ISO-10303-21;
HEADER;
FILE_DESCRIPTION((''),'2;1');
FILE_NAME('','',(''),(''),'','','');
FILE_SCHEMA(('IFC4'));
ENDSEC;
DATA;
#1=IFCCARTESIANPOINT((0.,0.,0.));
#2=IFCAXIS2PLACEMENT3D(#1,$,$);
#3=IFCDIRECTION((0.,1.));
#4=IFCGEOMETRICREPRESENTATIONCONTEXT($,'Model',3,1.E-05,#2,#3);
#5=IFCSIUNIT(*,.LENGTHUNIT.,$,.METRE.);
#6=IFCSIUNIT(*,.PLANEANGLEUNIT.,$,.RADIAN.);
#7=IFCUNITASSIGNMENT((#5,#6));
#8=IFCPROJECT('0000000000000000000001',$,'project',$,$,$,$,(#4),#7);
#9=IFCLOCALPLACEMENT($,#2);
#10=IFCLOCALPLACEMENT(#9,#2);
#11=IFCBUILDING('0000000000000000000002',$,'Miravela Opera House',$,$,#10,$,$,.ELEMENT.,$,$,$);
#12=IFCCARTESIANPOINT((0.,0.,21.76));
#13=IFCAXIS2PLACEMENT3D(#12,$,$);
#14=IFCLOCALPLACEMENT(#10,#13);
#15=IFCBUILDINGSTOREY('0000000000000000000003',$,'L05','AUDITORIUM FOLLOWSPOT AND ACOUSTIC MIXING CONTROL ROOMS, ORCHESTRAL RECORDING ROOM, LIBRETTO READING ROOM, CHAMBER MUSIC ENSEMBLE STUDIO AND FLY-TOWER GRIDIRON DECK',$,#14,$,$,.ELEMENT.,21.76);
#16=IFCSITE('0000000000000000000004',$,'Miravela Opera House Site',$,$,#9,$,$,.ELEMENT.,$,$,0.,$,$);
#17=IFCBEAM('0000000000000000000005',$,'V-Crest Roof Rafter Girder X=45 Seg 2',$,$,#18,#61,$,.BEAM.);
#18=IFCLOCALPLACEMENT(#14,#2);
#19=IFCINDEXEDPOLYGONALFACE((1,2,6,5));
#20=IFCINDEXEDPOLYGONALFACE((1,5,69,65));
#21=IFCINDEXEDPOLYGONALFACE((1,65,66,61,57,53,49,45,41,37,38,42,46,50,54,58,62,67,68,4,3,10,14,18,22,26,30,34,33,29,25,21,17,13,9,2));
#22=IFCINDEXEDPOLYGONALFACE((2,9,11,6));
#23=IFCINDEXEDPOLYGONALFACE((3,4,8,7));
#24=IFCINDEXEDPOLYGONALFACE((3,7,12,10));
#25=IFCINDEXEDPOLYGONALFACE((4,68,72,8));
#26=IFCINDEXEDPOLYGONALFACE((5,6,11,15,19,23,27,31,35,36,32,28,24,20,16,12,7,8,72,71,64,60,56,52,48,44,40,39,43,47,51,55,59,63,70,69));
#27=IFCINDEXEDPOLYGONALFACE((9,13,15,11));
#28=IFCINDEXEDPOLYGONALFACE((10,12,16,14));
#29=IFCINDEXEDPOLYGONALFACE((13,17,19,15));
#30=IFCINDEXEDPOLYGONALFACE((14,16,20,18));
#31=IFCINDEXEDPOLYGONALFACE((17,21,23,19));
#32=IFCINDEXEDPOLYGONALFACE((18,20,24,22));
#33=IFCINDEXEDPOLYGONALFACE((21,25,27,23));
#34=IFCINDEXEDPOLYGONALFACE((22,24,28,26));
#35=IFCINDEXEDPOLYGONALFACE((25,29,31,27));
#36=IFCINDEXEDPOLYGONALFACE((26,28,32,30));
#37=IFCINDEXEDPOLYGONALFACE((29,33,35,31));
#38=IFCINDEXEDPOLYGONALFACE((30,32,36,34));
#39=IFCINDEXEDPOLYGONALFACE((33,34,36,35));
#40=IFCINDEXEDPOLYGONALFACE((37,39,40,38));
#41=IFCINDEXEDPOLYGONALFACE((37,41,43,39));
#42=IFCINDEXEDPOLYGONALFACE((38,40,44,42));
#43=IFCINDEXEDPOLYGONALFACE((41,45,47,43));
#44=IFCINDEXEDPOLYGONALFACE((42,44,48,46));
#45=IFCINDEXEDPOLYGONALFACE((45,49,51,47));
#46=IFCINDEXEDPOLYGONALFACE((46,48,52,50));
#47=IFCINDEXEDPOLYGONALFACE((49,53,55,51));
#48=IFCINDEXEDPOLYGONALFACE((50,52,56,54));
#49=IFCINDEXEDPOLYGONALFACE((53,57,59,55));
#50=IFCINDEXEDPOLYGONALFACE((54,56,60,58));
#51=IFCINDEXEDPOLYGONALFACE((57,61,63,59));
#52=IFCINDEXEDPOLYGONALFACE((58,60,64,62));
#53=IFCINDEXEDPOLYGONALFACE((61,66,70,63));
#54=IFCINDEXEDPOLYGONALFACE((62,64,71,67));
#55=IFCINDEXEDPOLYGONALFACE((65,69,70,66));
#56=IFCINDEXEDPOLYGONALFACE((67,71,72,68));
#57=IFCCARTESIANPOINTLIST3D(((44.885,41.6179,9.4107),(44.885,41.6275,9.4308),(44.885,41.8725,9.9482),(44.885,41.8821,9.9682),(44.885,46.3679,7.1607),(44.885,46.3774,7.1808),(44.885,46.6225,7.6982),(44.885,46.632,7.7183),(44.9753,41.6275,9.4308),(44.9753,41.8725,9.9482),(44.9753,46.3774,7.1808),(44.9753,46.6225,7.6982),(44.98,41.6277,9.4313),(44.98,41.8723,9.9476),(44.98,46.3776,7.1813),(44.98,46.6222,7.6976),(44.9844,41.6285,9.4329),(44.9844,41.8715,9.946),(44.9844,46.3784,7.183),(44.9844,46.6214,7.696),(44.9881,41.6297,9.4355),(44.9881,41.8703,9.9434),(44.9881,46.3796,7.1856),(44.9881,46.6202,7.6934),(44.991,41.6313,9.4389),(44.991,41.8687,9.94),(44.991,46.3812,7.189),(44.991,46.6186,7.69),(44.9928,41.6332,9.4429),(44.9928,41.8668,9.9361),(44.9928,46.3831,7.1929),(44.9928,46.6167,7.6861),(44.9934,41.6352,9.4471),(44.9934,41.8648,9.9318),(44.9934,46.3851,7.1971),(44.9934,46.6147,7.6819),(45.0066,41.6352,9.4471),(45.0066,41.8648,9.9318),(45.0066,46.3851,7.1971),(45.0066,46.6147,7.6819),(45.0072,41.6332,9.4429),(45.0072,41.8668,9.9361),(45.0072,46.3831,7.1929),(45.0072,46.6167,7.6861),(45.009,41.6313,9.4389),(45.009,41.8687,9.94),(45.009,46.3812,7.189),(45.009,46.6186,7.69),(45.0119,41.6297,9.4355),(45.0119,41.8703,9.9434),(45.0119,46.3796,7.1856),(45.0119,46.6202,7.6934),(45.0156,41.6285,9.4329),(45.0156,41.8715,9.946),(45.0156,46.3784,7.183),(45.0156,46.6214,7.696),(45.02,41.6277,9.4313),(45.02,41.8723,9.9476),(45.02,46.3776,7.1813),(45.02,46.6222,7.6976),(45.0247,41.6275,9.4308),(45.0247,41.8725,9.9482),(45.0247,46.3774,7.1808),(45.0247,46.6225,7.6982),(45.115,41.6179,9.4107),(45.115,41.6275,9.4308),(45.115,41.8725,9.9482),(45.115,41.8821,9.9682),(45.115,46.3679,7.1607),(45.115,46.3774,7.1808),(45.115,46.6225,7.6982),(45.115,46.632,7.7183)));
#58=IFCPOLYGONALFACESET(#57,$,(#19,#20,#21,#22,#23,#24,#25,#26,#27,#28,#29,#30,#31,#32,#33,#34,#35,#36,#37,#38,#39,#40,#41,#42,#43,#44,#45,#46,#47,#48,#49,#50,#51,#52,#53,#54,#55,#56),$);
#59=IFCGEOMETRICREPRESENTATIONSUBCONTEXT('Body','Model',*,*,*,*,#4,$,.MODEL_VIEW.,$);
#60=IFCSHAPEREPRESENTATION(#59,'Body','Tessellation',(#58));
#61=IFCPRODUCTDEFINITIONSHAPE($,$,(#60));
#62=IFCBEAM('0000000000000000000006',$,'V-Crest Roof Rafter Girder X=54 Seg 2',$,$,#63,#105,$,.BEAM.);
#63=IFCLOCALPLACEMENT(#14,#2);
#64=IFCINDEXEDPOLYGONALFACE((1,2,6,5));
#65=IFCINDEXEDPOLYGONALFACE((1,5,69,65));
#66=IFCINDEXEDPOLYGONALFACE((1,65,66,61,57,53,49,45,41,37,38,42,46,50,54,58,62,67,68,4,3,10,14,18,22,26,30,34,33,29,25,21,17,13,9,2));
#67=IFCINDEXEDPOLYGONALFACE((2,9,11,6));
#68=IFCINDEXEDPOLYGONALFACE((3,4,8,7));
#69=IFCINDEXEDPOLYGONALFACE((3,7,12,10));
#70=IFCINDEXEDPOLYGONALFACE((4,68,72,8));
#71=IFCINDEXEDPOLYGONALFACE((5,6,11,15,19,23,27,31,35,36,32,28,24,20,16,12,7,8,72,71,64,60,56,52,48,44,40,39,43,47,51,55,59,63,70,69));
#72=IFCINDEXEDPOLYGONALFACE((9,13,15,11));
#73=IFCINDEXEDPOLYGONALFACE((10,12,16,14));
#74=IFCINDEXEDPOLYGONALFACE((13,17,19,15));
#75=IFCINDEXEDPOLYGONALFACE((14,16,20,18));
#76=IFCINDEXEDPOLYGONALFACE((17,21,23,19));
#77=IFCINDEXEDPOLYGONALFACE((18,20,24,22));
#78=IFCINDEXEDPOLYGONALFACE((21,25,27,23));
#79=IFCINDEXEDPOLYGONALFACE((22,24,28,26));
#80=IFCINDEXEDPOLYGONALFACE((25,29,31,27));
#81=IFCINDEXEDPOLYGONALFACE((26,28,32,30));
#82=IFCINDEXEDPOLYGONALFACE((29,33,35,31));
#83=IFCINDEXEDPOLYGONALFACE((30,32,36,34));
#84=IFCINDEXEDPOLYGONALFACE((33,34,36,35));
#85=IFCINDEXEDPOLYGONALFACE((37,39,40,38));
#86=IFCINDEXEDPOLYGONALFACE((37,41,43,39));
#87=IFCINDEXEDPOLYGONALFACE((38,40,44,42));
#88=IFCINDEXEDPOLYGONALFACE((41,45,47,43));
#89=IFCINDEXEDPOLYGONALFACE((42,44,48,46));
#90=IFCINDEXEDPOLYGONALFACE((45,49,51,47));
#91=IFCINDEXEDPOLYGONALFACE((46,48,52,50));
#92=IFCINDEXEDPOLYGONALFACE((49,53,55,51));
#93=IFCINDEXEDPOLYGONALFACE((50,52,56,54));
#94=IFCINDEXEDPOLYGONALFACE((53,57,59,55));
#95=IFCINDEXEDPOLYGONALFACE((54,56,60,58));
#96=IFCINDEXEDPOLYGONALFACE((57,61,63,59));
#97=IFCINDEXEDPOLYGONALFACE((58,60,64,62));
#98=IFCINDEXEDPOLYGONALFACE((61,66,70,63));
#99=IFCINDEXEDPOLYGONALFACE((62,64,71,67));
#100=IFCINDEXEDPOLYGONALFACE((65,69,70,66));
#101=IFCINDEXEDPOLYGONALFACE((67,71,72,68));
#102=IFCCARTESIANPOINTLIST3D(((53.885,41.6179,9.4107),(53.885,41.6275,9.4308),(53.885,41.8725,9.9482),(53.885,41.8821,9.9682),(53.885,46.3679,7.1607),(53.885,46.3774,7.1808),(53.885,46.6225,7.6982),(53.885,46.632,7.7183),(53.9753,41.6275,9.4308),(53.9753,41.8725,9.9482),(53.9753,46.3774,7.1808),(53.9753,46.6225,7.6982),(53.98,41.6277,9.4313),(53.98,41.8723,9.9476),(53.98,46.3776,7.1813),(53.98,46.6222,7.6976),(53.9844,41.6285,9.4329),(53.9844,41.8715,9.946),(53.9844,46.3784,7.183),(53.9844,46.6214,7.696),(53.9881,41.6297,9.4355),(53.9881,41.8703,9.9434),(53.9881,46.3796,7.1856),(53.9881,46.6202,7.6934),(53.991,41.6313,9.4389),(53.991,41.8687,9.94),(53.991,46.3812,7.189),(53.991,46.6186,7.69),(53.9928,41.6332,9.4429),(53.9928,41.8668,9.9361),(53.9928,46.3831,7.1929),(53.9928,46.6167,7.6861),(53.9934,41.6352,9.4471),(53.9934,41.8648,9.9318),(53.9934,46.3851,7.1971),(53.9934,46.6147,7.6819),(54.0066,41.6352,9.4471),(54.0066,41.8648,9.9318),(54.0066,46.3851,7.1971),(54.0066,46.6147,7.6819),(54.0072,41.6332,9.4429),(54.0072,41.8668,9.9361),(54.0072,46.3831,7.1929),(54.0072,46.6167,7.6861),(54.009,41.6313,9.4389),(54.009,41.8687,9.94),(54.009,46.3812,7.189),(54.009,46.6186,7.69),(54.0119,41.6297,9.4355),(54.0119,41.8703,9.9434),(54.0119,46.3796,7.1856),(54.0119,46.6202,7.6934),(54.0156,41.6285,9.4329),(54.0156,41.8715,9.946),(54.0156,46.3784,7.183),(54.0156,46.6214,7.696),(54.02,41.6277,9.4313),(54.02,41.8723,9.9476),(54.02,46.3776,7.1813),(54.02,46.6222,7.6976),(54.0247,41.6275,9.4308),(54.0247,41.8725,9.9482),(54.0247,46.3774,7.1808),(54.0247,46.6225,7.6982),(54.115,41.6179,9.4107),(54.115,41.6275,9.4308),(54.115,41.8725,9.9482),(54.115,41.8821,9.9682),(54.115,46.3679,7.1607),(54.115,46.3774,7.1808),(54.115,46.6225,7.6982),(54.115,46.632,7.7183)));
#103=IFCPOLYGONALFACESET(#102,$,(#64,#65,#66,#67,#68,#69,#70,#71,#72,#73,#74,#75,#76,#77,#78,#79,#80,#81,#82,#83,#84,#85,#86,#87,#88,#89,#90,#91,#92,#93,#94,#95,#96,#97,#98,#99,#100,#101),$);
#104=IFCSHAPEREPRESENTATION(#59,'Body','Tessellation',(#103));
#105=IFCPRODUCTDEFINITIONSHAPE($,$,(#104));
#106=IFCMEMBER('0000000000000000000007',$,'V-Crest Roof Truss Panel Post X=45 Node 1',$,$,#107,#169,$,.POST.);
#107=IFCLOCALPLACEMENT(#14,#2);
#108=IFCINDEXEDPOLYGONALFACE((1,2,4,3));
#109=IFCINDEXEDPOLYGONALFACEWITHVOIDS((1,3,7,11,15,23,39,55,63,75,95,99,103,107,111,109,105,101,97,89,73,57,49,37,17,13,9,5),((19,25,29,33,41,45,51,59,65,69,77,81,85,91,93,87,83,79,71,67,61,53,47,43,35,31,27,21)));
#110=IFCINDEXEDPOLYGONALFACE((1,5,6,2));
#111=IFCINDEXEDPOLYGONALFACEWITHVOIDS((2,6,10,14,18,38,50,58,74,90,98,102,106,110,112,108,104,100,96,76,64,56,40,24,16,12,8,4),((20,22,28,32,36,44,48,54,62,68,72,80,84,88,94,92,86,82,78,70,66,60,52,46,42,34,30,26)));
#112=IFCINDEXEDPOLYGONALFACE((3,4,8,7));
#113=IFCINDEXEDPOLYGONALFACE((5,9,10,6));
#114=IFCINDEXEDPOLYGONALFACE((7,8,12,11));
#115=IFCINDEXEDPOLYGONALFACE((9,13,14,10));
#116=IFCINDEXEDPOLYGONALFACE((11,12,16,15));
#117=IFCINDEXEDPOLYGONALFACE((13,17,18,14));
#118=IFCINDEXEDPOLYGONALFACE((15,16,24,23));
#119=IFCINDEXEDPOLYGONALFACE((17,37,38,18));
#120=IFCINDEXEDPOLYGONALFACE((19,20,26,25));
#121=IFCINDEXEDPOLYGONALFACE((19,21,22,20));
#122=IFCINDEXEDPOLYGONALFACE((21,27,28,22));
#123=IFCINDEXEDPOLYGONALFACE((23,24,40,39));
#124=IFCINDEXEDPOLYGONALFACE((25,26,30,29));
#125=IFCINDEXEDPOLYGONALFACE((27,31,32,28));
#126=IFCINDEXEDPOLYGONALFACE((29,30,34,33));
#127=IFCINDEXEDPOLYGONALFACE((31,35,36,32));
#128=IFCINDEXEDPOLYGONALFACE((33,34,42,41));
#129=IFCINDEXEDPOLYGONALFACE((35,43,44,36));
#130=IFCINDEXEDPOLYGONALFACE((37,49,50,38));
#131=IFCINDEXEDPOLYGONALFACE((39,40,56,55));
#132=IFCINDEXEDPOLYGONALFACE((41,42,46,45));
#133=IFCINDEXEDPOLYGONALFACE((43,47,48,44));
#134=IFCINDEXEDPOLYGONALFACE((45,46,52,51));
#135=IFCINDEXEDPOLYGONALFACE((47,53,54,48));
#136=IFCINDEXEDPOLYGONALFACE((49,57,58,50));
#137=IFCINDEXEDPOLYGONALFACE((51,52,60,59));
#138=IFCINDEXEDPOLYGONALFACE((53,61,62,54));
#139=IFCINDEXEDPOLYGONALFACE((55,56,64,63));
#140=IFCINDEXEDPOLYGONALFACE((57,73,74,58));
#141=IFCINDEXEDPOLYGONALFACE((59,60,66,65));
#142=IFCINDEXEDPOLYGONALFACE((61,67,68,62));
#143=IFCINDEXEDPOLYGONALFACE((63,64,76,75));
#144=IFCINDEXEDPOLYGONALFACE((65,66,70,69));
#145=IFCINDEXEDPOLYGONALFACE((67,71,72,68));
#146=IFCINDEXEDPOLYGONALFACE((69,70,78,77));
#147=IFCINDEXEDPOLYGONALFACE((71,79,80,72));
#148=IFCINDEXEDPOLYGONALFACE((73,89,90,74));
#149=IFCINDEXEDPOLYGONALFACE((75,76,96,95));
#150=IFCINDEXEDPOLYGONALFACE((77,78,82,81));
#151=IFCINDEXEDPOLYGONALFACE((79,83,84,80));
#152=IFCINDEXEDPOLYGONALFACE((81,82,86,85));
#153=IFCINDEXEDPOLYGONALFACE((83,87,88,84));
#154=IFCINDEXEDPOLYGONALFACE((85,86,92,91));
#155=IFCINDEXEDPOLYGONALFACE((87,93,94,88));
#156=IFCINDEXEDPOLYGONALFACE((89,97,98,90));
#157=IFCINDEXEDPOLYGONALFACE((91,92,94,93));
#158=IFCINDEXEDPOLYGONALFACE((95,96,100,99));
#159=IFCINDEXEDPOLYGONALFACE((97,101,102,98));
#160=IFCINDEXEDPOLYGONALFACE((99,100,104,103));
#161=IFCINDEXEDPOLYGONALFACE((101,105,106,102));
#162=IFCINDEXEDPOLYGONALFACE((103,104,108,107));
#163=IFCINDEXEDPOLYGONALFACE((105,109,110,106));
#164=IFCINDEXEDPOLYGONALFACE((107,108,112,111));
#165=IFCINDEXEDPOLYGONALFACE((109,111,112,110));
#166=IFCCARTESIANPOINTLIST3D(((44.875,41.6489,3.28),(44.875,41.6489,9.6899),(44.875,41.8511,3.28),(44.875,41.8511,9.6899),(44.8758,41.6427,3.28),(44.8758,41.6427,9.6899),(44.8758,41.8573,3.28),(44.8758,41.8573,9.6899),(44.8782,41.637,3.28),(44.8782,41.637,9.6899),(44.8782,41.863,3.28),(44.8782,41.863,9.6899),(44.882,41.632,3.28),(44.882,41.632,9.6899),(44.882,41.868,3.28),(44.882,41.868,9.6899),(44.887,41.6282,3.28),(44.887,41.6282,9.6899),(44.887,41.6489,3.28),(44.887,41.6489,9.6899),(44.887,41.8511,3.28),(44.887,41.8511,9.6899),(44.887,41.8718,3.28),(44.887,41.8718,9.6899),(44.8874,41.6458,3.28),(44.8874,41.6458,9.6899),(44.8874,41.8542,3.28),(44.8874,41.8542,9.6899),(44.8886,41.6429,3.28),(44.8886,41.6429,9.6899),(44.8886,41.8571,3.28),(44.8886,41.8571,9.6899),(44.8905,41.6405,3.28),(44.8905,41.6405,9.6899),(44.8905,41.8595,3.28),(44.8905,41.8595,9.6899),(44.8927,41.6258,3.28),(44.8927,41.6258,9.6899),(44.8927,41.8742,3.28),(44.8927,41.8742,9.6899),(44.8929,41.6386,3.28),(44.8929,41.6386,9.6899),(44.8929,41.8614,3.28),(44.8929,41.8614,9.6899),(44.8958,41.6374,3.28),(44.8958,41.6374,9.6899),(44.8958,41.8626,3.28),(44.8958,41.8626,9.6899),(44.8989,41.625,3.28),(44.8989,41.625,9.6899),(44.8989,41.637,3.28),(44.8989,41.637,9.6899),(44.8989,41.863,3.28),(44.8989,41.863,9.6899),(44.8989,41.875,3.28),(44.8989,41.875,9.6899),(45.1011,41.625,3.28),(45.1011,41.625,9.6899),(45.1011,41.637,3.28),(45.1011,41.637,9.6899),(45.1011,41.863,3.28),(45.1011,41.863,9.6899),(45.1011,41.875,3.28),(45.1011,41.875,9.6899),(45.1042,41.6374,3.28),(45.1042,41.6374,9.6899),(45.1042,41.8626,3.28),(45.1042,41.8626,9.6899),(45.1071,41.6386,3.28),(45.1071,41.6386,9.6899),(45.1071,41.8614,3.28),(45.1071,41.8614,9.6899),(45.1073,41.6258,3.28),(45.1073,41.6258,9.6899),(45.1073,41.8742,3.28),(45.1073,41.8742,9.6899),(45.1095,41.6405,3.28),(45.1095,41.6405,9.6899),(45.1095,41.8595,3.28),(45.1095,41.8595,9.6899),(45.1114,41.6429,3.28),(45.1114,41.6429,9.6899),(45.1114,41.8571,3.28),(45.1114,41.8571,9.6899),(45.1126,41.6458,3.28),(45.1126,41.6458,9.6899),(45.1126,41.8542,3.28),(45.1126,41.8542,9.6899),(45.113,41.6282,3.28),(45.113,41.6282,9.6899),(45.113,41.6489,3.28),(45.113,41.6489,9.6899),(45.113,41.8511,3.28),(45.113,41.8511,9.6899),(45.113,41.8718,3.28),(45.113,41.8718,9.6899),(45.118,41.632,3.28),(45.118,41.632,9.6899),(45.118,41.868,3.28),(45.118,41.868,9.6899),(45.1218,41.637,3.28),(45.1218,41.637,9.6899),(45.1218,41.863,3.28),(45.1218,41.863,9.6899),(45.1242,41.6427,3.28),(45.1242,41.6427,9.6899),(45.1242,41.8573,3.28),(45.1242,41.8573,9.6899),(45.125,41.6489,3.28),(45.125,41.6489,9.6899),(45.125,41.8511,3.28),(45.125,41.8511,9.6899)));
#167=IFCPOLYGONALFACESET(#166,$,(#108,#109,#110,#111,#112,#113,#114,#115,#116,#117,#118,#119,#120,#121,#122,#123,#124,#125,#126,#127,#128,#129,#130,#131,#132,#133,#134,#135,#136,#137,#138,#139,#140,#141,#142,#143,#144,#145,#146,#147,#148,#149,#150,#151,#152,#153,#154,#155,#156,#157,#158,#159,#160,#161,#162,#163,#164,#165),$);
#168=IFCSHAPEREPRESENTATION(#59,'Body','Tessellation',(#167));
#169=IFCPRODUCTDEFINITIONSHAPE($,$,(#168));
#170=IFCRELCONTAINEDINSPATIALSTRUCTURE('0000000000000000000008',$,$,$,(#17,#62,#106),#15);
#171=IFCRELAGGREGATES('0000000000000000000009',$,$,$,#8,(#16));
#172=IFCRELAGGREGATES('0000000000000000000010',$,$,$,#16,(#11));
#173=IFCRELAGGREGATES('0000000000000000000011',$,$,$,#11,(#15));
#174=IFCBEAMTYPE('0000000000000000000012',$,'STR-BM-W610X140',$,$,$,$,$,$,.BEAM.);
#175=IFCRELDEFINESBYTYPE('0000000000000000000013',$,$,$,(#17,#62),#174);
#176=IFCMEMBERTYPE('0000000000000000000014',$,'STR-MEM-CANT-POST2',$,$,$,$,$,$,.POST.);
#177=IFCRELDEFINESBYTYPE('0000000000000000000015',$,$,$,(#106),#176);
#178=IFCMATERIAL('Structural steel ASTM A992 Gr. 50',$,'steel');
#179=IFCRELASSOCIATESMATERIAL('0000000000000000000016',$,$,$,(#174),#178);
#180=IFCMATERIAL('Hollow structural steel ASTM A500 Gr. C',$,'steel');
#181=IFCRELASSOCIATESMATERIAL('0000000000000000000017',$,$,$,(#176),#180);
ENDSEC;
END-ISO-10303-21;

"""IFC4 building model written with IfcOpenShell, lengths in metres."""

from ifc_helpers import new_model, si_unit, direction, frame, origin, origin_2d, place, context, subcontext, project, spatial, hollow_rectangle, i_section, extrude, material, material_profile, profile_set, type_object, element, save


model = new_model("IFC4")

# Units and contexts
model_context = context("Model", 3, precision=1e-05, world=origin(), true_north=direction((0.0, 1.0)))
body_context = subcontext(model_context, "Body", "Model", "MODEL_VIEW")
ifc_project = project(units=[si_unit("LENGTHUNIT", "METRE"), si_unit("PLANEANGLEUNIT", "RADIAN")], contexts=[model_context])

# Site, building, storey
site_placement = place(None, origin())
site = spatial("IfcSite", under=ifc_project, at=site_placement, Name="Miravela Opera House Site", CompositionType="ELEMENT", RefElevation=0.0)
building_placement = place(site_placement, origin())
building = spatial("IfcBuilding", under=site, at=building_placement, Name="Miravela Opera House", CompositionType="ELEMENT")
storey_placement = place(building_placement, frame((0.0, 0.0, 21.76)))
storey = spatial("IfcBuildingStorey", under=building, at=storey_placement, Name="L05", Description="AUDITORIUM FOLLOWSPOT AND ACOUSTIC MIXING CONTROL ROOMS, ORCHESTRAL RECORDING ROOM, LIBRETTO READING ROOM, CHAMBER MUSIC ENSEMBLE STUDIO AND FLY-TOWER GRIDIRON DECK", CompositionType="ELEMENT", Elevation=21.76)

# Beams
ifc_material_1 = material(Name="Structural steel ASTM A992 Gr. 50", Category="steel")
ifc_material_profile_1 = material_profile(ifc_material_1, i_section(OverallWidth=0.23, OverallDepth=0.6169, WebThickness=0.0132, FlangeThickness=0.0222, FilletRadius=0.0181, at=origin_2d()), Name="W610X140")
ifc_profile_set_1 = profile_set([ifc_material_profile_1])
beam_type_1 = type_object("IfcBeamType", Name="STR-BM-W610X140", PredefinedType="BEAM", material=ifc_profile_set_1)
for number, where, z_axis, x_axis, name in (
    (1, (45.0, 41.75, 9.6895), (0.0, 0.903738, -0.428086), (-1.0, 0.0, 0.0), "V-Crest Roof Rafter Girder X=45 Seg 2"),
    (2, (54.0, 41.75, 9.6895), (0.0, 0.903738, -0.428086), (-1.0, 0.0, 0.0), "V-Crest Roof Rafter Girder X=54 Seg 2"),
):
    element("IfcBeam", number, at=place(storey_placement, frame(where, z_axis=z_axis, x_axis=x_axis)), inside=storey, type_object=beam_type_1, Name=name, PredefinedType="BEAM", context=body_context, shape_type="SweptSolid", body=[
        extrude(i_section(OverallWidth=0.23, OverallDepth=0.6169, WebThickness=0.0132, FlangeThickness=0.0222, FilletRadius=0.0181, at=origin_2d()), origin(), (0.0, 0.0, 1.0), 5.2559),
    ])

# Member
ifc_material_2 = material(Name="Hollow structural steel ASTM A500 Gr. C", Category="steel")
ifc_material_profile_2 = material_profile(ifc_material_2, hollow_rectangle(XDim=0.25, YDim=0.25, WallThickness=0.012, InnerFilletRadius=0.012, OuterFilletRadius=0.0239, at=origin_2d()), Name="HSS250X250X12")
ifc_profile_set_2 = profile_set([ifc_material_profile_2])
member_type_1 = type_object("IfcMemberType", Name="STR-MEM-CANT-POST2", PredefinedType="POST", material=ifc_profile_set_2)
for number, where, z_axis, x_axis, name in (
    (3, (45.0, 41.75, 3.28), (0.0, 0.0, 1.0), (1.0, 0.0, 0.0), "V-Crest Roof Truss Panel Post X=45 Node 1"),
):
    element("IfcMember", number, at=place(storey_placement, frame(where, z_axis=z_axis, x_axis=x_axis)), inside=storey, type_object=member_type_1, Name=name, PredefinedType="POST", context=body_context, shape_type="SweptSolid", body=[
        extrude(hollow_rectangle(XDim=0.25, YDim=0.25, WallThickness=0.012, InnerFilletRadius=0.012, OuterFilletRadius=0.0239, at=origin_2d()), origin(), (0.0, 0.0, 1.0), 6.4099),
    ])

save(model, "model.ifc")
